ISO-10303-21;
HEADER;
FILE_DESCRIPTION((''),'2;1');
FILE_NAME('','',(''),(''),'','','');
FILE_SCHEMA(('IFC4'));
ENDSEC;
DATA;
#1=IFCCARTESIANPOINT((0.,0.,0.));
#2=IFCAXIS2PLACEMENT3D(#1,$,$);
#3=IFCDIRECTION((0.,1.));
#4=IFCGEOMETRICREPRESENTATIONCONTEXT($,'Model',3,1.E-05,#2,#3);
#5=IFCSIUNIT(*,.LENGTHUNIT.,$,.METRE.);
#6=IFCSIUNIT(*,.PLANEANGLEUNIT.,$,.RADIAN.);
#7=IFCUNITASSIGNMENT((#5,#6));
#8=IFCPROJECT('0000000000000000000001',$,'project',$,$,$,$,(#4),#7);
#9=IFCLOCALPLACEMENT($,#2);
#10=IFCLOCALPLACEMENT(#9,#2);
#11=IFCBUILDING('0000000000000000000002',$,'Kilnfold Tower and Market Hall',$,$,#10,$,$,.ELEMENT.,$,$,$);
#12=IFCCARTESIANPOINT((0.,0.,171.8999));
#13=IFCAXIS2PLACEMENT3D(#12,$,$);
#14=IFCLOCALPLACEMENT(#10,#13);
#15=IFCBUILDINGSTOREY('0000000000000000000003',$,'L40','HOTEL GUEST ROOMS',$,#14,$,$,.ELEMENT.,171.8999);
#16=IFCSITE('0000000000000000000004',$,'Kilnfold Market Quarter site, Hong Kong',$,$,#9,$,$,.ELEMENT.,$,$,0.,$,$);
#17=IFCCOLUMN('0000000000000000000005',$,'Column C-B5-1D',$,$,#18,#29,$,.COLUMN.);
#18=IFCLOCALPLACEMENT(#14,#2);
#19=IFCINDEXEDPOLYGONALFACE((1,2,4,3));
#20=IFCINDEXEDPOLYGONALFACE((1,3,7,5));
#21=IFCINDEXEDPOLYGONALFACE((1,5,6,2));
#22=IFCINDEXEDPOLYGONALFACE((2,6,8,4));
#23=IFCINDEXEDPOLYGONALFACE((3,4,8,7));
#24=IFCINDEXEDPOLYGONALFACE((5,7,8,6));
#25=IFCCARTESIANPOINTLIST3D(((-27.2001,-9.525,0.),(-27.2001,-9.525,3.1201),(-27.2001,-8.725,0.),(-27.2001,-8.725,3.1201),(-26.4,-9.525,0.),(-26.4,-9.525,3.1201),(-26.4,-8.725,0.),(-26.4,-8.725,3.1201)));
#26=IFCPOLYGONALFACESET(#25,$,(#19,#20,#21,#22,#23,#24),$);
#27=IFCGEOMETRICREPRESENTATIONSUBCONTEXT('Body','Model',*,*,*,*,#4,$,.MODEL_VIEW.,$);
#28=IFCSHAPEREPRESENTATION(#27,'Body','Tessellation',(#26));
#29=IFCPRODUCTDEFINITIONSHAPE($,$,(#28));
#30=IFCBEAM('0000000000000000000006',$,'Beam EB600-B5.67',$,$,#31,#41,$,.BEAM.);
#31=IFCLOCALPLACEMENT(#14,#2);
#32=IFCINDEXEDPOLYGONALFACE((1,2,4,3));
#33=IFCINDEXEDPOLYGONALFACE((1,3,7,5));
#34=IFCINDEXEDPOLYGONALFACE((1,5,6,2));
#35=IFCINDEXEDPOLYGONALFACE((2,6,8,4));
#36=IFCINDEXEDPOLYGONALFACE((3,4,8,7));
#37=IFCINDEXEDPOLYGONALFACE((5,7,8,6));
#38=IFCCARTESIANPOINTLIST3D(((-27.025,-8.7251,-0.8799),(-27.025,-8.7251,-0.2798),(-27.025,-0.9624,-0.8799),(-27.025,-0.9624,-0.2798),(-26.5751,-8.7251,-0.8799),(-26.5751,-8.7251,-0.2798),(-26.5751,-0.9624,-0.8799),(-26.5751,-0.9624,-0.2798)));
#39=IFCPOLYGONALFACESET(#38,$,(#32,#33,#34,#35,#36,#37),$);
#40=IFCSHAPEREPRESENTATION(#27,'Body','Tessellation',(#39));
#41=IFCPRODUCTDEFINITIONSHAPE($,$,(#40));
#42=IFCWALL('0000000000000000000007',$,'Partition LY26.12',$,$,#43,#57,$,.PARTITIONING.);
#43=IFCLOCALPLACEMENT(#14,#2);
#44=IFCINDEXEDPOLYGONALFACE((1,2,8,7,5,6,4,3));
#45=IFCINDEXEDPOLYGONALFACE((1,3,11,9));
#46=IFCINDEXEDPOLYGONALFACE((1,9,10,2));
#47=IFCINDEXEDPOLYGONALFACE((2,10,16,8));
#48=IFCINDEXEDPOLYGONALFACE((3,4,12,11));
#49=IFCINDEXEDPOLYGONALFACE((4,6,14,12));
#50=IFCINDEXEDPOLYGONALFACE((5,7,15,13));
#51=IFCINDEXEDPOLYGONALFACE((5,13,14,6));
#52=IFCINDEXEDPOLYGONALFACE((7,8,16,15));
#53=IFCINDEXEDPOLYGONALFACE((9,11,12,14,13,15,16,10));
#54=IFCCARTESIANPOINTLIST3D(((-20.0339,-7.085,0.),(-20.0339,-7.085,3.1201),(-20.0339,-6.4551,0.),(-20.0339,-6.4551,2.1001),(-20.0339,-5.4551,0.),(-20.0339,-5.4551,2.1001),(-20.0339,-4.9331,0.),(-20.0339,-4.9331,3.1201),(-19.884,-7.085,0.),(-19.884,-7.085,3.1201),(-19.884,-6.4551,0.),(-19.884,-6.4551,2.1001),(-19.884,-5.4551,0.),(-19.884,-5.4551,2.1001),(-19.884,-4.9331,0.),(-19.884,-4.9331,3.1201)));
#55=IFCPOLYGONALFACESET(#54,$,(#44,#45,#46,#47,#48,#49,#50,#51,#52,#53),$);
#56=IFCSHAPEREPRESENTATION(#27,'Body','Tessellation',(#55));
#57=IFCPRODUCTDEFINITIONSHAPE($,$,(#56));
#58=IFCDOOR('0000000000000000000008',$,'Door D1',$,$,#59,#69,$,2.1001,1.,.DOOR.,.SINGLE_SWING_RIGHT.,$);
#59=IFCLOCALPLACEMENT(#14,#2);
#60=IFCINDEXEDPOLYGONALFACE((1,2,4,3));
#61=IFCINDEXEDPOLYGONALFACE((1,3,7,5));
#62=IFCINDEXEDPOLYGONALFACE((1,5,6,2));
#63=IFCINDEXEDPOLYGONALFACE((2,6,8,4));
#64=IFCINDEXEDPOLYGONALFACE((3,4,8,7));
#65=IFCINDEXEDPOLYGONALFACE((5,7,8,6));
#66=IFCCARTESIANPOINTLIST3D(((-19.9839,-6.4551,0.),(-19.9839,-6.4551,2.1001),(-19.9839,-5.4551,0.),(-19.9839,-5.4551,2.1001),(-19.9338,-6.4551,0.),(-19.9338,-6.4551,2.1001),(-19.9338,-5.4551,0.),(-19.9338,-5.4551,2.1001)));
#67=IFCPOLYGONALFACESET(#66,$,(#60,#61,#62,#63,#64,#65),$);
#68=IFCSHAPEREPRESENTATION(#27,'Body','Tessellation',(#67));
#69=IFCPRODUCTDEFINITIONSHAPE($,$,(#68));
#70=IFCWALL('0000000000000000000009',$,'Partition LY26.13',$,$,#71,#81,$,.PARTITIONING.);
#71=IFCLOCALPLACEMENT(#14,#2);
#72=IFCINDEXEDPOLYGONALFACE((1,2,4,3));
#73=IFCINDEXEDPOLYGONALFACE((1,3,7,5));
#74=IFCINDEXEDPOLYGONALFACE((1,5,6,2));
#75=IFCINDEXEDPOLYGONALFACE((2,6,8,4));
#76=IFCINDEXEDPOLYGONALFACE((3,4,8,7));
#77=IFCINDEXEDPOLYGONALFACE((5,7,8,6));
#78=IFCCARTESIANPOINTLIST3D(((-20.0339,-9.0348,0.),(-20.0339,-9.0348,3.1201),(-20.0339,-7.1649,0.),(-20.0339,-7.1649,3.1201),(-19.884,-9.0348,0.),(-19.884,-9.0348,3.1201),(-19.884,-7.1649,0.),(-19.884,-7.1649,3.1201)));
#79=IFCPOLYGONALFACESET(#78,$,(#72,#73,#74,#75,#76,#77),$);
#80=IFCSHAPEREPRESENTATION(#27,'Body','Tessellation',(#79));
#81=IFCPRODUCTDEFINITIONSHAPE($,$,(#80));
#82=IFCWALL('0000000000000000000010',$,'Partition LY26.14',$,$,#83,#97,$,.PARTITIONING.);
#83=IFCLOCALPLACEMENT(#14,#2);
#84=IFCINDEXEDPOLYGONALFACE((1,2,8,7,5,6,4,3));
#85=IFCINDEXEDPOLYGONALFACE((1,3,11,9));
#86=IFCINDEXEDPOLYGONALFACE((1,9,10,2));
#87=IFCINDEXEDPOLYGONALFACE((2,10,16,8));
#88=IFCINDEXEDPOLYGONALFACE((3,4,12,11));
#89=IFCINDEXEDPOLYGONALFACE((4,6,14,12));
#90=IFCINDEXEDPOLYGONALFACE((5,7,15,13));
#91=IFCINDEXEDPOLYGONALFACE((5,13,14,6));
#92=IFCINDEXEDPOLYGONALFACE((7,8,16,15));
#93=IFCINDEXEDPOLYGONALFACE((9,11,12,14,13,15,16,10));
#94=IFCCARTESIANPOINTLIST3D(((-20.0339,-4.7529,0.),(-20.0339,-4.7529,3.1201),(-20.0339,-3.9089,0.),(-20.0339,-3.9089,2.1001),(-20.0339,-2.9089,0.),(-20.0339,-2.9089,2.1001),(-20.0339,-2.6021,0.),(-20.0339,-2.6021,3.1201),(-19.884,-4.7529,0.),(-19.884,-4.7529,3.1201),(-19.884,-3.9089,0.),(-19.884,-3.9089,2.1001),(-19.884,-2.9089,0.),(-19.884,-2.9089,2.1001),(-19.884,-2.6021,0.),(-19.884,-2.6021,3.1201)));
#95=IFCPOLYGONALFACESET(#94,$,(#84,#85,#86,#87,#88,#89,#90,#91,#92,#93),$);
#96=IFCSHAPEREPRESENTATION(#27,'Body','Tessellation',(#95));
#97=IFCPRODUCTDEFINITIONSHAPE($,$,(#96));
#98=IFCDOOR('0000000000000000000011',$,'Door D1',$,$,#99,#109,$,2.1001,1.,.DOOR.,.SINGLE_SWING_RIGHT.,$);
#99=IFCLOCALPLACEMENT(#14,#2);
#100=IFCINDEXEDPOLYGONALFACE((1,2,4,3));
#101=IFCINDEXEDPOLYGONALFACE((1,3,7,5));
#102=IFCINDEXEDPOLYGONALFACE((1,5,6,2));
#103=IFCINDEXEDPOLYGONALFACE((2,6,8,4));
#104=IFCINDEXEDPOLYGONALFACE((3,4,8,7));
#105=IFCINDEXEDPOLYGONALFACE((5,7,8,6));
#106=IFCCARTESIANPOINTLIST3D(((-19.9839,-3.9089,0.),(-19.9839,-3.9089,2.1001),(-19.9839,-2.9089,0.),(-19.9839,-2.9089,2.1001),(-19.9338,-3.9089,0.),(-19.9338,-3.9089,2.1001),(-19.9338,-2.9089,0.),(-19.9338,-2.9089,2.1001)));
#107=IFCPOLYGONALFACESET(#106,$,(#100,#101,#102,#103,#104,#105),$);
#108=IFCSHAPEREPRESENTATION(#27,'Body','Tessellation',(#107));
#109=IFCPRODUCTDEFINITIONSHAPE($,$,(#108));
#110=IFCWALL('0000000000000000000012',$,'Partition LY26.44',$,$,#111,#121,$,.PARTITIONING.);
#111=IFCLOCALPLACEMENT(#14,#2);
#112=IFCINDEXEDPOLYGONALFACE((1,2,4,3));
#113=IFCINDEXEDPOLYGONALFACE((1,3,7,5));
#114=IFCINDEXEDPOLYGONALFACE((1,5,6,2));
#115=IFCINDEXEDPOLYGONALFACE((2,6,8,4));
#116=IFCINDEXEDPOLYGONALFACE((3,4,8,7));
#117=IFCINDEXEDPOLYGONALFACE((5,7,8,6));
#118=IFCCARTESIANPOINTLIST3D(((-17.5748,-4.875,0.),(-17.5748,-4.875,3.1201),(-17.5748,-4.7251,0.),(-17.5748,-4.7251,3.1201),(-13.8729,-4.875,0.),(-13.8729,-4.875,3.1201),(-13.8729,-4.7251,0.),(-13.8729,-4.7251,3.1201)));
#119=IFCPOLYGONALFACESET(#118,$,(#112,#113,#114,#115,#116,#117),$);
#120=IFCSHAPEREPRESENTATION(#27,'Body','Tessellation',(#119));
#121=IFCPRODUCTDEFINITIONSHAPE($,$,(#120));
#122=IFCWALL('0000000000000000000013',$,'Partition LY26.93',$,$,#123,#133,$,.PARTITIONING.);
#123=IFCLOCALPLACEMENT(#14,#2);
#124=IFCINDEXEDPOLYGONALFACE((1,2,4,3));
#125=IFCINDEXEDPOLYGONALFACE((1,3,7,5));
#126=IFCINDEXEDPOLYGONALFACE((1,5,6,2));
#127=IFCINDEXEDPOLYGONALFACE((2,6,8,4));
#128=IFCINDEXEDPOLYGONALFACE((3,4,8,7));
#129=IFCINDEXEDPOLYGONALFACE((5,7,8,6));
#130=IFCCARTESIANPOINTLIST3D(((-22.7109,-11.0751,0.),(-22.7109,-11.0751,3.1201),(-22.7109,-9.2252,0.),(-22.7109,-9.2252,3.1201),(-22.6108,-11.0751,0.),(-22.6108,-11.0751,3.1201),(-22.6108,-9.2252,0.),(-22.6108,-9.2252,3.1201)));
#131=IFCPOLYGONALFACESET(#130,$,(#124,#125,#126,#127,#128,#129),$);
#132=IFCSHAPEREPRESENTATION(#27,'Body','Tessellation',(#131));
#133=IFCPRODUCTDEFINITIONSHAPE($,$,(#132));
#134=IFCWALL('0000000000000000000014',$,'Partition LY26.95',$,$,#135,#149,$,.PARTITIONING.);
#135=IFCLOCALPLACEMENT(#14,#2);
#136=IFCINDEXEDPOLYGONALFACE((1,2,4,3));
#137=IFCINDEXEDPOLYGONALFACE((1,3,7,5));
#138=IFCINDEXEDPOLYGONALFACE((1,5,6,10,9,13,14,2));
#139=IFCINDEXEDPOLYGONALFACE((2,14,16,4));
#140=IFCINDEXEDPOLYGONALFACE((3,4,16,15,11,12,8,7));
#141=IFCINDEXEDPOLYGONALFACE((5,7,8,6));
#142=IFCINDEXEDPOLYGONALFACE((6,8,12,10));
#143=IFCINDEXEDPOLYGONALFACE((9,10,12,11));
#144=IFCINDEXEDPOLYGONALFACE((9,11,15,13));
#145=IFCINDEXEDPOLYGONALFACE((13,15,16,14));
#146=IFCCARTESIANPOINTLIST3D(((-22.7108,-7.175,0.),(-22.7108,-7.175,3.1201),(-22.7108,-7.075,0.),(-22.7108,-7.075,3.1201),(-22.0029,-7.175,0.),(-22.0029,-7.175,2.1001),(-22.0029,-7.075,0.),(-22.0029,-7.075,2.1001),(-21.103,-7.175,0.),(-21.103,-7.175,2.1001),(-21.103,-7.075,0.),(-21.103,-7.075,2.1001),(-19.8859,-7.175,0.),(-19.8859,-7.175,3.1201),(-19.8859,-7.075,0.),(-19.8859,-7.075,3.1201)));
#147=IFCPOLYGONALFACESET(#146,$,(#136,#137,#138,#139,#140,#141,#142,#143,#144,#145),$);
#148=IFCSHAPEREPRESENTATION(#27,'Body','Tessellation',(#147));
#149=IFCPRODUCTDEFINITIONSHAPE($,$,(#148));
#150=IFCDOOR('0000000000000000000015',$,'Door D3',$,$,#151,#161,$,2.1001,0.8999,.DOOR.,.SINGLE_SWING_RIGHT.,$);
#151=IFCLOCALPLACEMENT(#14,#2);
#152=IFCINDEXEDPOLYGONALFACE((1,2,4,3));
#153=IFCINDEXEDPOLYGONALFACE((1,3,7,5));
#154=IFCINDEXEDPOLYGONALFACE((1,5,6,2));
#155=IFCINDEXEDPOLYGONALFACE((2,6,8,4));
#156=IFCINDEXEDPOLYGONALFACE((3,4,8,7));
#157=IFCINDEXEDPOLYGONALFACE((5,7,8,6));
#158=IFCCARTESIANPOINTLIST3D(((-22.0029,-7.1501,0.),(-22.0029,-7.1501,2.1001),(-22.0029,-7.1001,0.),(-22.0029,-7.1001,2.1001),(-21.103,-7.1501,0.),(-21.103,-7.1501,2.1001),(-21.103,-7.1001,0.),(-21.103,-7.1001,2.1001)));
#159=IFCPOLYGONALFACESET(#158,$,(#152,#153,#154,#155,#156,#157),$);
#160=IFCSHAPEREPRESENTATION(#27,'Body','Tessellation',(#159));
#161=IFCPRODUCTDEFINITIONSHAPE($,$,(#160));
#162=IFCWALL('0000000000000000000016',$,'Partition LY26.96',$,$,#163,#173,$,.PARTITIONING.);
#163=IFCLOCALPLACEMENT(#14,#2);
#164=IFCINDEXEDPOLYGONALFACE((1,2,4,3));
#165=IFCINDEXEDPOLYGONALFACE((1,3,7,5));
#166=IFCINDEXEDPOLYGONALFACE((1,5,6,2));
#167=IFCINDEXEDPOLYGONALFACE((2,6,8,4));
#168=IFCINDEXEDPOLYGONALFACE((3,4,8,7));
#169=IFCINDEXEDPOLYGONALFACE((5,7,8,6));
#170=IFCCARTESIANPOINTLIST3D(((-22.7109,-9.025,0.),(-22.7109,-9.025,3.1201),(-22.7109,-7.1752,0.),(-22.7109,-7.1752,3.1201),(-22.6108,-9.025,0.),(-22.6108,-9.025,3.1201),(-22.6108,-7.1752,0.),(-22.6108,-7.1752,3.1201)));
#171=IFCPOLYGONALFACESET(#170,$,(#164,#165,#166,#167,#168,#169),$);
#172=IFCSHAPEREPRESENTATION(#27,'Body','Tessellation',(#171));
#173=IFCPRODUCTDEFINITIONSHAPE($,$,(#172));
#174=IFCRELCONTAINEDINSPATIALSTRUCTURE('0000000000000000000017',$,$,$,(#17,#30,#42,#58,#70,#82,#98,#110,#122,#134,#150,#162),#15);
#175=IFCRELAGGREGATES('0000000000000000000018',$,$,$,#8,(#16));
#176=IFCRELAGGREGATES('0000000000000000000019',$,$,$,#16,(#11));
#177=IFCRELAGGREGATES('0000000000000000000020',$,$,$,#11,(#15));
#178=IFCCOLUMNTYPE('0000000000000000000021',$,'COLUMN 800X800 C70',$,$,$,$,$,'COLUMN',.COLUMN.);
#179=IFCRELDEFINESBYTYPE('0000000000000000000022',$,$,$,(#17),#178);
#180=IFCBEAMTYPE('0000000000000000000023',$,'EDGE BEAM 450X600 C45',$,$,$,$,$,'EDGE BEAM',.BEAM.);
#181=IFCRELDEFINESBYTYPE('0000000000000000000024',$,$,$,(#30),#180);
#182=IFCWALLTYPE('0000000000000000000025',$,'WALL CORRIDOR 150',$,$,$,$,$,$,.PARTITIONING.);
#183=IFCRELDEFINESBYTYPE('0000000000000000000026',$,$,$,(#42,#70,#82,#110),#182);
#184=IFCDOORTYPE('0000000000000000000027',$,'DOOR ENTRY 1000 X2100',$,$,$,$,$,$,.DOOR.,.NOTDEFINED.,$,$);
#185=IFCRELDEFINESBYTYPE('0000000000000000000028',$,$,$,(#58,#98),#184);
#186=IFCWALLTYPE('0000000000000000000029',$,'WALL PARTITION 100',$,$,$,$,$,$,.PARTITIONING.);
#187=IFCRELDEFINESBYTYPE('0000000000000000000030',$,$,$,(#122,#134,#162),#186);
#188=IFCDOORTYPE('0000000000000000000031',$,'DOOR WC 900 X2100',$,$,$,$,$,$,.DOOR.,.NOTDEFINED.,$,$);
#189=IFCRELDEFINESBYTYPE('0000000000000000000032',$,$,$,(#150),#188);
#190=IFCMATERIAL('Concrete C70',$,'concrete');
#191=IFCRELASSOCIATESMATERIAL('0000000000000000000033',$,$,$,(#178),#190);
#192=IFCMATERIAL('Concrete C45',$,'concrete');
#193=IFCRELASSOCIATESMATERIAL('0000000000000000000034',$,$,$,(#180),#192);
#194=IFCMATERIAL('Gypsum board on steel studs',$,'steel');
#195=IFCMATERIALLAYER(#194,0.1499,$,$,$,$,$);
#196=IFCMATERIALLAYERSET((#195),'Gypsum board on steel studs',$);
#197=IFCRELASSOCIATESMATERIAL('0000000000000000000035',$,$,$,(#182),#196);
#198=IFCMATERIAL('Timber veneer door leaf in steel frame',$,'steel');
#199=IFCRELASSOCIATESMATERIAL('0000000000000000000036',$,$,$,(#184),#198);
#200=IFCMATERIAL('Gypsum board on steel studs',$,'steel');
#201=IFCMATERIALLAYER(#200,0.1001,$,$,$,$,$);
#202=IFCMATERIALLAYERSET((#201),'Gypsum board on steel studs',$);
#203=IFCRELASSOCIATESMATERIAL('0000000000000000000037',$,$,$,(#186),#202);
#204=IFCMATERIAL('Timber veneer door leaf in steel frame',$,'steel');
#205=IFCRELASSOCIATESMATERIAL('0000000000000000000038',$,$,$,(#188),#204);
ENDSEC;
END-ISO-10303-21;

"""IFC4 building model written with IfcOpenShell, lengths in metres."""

from ifc_helpers import new_model, si_unit, direction, frame, frame_2d, origin, origin_2d, place, context, subcontext, project, spatial, rectangle, extrude, source, transform, mapped, material, layer, layer_set, material_profile, profile_set, type_object, element, fill, save


model = new_model("IFC4")

# Units and contexts
model_context = context("Model", 3, precision=1e-05, world=origin(), true_north=direction((0.0, 1.0)))
body_context = subcontext(model_context, "Body", "Model", "MODEL_VIEW")
ifc_project = project(units=[si_unit("LENGTHUNIT", "METRE"), si_unit("PLANEANGLEUNIT", "RADIAN")], contexts=[model_context])

# Site, building, storey
site_placement = place(None, origin())
site = spatial("IfcSite", under=ifc_project, at=site_placement, Name="Kilnfold Market Quarter site, Hong Kong", CompositionType="ELEMENT", RefElevation=0.0)
building_placement = place(site_placement, origin())
building = spatial("IfcBuilding", under=site, at=building_placement, Name="Kilnfold Tower and Market Hall", CompositionType="ELEMENT")
storey_placement = place(building_placement, frame((0.0, 0.0, 171.8999)))
storey = spatial("IfcBuildingStorey", under=building, at=storey_placement, Name="L40", Description="HOTEL GUEST ROOMS", CompositionType="ELEMENT", Elevation=171.8999)

# Column
ifc_material_1 = material(Name="Concrete C70", Category="concrete")
ifc_material_profile_1 = material_profile(ifc_material_1, rectangle(XDim=0.8, YDim=0.8, at=origin_2d()), Name="RC 800x800")
ifc_profile_set_1 = profile_set([ifc_material_profile_1], Name="Concrete C70")
column_type = type_object("IfcColumnType", Name="COLUMN 800X800 C70", ElementType="COLUMN", PredefinedType="COLUMN", material=ifc_profile_set_1)
shared_shape_1 = source(origin(), body_context, "Body", "SweptSolid", [
    extrude(rectangle(XDim=0.8, YDim=0.8, at=origin_2d()), origin(), (0.0, 0.0, 1.0), 3.1201),
])
column_placement = place(storey_placement, frame((-26.8, -9.125, 0.0), z_axis=(0.0, 0.0, 1.0), x_axis=(1.0, 0.0, 0.0)))
element("IfcColumn", 1, at=column_placement, inside=storey, type_object=column_type, Name="Column C-B5-1D", PredefinedType="COLUMN", context=body_context, shape_type="MappedRepresentation", body=[
    mapped(shared_shape_1, transform((0.0, 0.0, 0.0))),
])

# Beam
ifc_material_2 = material(Name="Concrete C45", Category="concrete")
ifc_material_profile_2 = material_profile(ifc_material_2, rectangle(XDim=0.45, YDim=0.6001, at=origin_2d()), Name="RC 450x600")
ifc_profile_set_2 = profile_set([ifc_material_profile_2], Name="Concrete C45")
beam_type = type_object("IfcBeamType", Name="EDGE BEAM 450X600 C45", ElementType="EDGE BEAM", PredefinedType="BEAM", material=ifc_profile_set_2)
shared_shape_2 = source(origin(), body_context, "Body", "SweptSolid", [
    extrude(rectangle(XDim=0.45, YDim=0.6001, at=origin_2d()), origin(), (0.0, 0.0, 1.0), 7.7627),
])
beam_placement = place(storey_placement, frame((-26.8, -8.7251, -0.5798), z_axis=(0.0, 1.0, 0.0), x_axis=(-1.0, 0.0, 0.0)))
element("IfcBeam", 2, at=beam_placement, inside=storey, type_object=beam_type, Name="Beam EB600-B5.67", PredefinedType="BEAM", context=body_context, shape_type="MappedRepresentation", body=[
    mapped(shared_shape_2, transform((0.0, 0.0, 0.0))),
])

# Wall, opening, door
ifc_material_3 = material(Name="Gypsum board on steel studs", Category="steel")
ifc_layer_1 = layer(ifc_material_3, 0.1499)
ifc_layer_set_1 = layer_set([ifc_layer_1], Name="Gypsum board on steel studs")
wall_type_1 = type_object("IfcWallType", Name="WALL CORRIDOR 150", PredefinedType="PARTITIONING", material=ifc_layer_set_1)
wall_1_placement = place(storey_placement, frame((-19.959, -7.085, 0.0), z_axis=(0.0, 0.0, 1.0), x_axis=(0.0, 1.0, 0.0)))
wall_1 = element("IfcWall", 3, at=wall_1_placement, inside=storey, type_object=wall_type_1, Name="Partition LY26.12", PredefinedType="PARTITIONING", context=body_context, shape_type="SweptSolid", body=[
    extrude(rectangle(XDim=2.1519, YDim=0.1499, at=frame_2d((1.0759, 0.0))), origin(), (0.0, 0.0, 1.0), 3.1201),
])
opening_1_placement = place(wall_1_placement, frame((0.6299, 0.0, 0.0)))
opening_1 = element("IfcOpeningElement", 4, at=opening_1_placement, cuts=wall_1, PredefinedType="OPENING", context=body_context, shape_type="SweptSolid", body=[
    extrude(rectangle(XDim=1.0, YDim=2.1001, at=frame_2d((0.5, 1.05))), frame((0.0, 0.085, 0.0), z_axis=(0.0, -1.0, 0.0), x_axis=(1.0, 0.0, 0.0)), (0.0, 0.0, 1.0), 0.1699),
])
ifc_material_4 = material(Name="Timber veneer door leaf in steel frame", Category="steel")
door_type_1 = type_object("IfcDoorType", Name="DOOR ENTRY 1000 X2100", OperationType="NOTDEFINED", PredefinedType="DOOR", material=ifc_material_4)
door_1_placement = place(opening_1_placement, origin())
door_1 = element("IfcDoor", 5, at=door_1_placement, inside=storey, type_object=door_type_1, Name="Door D1", OperationType="SINGLE_SWING_RIGHT", OverallHeight=2.1001, OverallWidth=1.0, PredefinedType="DOOR", context=body_context, shape_type="SweptSolid", body=[
    extrude(rectangle(XDim=1.0, YDim=2.1001, at=frame_2d((0.5, 1.05))), frame((0.0, 0.0249, 0.0), z_axis=(0.0, -1.0, 0.0), x_axis=(1.0, 0.0, 0.0)), (0.0, 0.0, 1.0), 0.05),
])
fill(opening_1, door_1)

# Wall
wall_2_placement = place(storey_placement, frame((-19.959, -9.0349, 0.0), z_axis=(0.0, 0.0, 1.0), x_axis=(0.0, 1.0, 0.0)))
element("IfcWall", 6, at=wall_2_placement, inside=storey, type_object=wall_type_1, Name="Partition LY26.13", PredefinedType="PARTITIONING", context=body_context, shape_type="SweptSolid", body=[
    extrude(rectangle(XDim=1.8699, YDim=0.1499, at=frame_2d((0.9351, 0.0))), origin(), (0.0, 0.0, 1.0), 3.1201),
])

# Wall, opening, door
wall_3_placement = place(storey_placement, frame((-19.959, -4.7529, 0.0), z_axis=(0.0, 0.0, 1.0), x_axis=(0.0, 1.0, 0.0)))
wall_3 = element("IfcWall", 7, at=wall_3_placement, inside=storey, type_object=wall_type_1, Name="Partition LY26.14", PredefinedType="PARTITIONING", context=body_context, shape_type="SweptSolid", body=[
    extrude(rectangle(XDim=2.1509, YDim=0.1499, at=frame_2d((1.0754, 0.0))), origin(), (0.0, 0.0, 1.0), 3.1201),
])
opening_2_placement = place(wall_3_placement, frame((0.844, 0.0, 0.0)))
opening_2 = element("IfcOpeningElement", 8, at=opening_2_placement, cuts=wall_3, PredefinedType="OPENING", context=body_context, shape_type="SweptSolid", body=[
    extrude(rectangle(XDim=1.0, YDim=2.1001, at=frame_2d((0.5, 1.05))), frame((0.0, 0.085, 0.0), z_axis=(0.0, -1.0, 0.0), x_axis=(1.0, 0.0, 0.0)), (0.0, 0.0, 1.0), 0.1699),
])
door_2_placement = place(opening_2_placement, origin())
door_2 = element("IfcDoor", 9, at=door_2_placement, inside=storey, type_object=door_type_1, Name="Door D1", OperationType="SINGLE_SWING_RIGHT", OverallHeight=2.1001, OverallWidth=1.0, PredefinedType="DOOR", context=body_context, shape_type="SweptSolid", body=[
    extrude(rectangle(XDim=1.0, YDim=2.1001, at=frame_2d((0.5, 1.05))), frame((0.0, 0.0249, 0.0), z_axis=(0.0, -1.0, 0.0), x_axis=(1.0, 0.0, 0.0)), (0.0, 0.0, 1.0), 0.05),
])
fill(opening_2, door_2)

# Walls
wall_4_placement = place(storey_placement, frame((-17.575, -4.8, 0.0), z_axis=(0.0, 0.0, 1.0), x_axis=(1.0, 0.0, 0.0)))
element("IfcWall", 10, at=wall_4_placement, inside=storey, type_object=wall_type_1, Name="Partition LY26.44", PredefinedType="PARTITIONING", context=body_context, shape_type="SweptSolid", body=[
    extrude(rectangle(XDim=3.7019, YDim=0.1499, at=frame_2d((1.8511, 0.0))), origin(), (0.0, 0.0, 1.0), 3.1201),
])
ifc_material_5 = material(Name="Gypsum board on steel studs", Category="steel")
ifc_layer_2 = layer(ifc_material_5, 0.1001)
ifc_layer_set_2 = layer_set([ifc_layer_2], Name="Gypsum board on steel studs")
wall_type_2 = type_object("IfcWallType", Name="WALL PARTITION 100", PredefinedType="PARTITIONING", material=ifc_layer_set_2)
wall_5_placement = place(storey_placement, frame((-22.6609, -11.075, 0.0), z_axis=(0.0, 0.0, 1.0), x_axis=(0.0, 1.0, 0.0)))
element("IfcWall", 11, at=wall_5_placement, inside=storey, type_object=wall_type_2, Name="Partition LY26.93", PredefinedType="PARTITIONING", context=body_context, shape_type="SweptSolid", body=[
    extrude(rectangle(XDim=1.8499, YDim=0.1001, at=frame_2d((0.9248, 0.0))), origin(), (0.0, 0.0, 1.0), 3.1201),
])

# Wall, opening, door
wall_6_placement = place(storey_placement, frame((-22.7109, -7.125, 0.0), z_axis=(0.0, 0.0, 1.0), x_axis=(1.0, 0.0, 0.0)))
wall_6 = element("IfcWall", 12, at=wall_6_placement, inside=storey, type_object=wall_type_2, Name="Partition LY26.95", PredefinedType="PARTITIONING", context=body_context, shape_type="SweptSolid", body=[
    extrude(rectangle(XDim=2.825, YDim=0.1001, at=frame_2d((1.4126, 0.0))), origin(), (0.0, 0.0, 1.0), 3.1201),
])
opening_3_placement = place(wall_6_placement, frame((0.708, 0.0, 0.0)))
opening_3 = element("IfcOpeningElement", 13, at=opening_3_placement, cuts=wall_6, PredefinedType="OPENING", context=body_context, shape_type="SweptSolid", body=[
    extrude(rectangle(XDim=0.8999, YDim=2.1001, at=frame_2d((0.45, 1.05))), frame((0.0, 0.0601, 0.0), z_axis=(0.0, -1.0, 0.0), x_axis=(1.0, 0.0, 0.0)), (0.0, 0.0, 1.0), 0.1201),
])
ifc_material_6 = material(Name="Timber veneer door leaf in steel frame", Category="steel")
door_type_2 = type_object("IfcDoorType", Name="DOOR WC 900 X2100", OperationType="NOTDEFINED", PredefinedType="DOOR", material=ifc_material_6)
door_3_placement = place(opening_3_placement, origin())
door_3 = element("IfcDoor", 14, at=door_3_placement, inside=storey, type_object=door_type_2, Name="Door D3", OperationType="SINGLE_SWING_RIGHT", OverallHeight=2.1001, OverallWidth=0.8999, PredefinedType="DOOR", context=body_context, shape_type="SweptSolid", body=[
    extrude(rectangle(XDim=0.8999, YDim=2.1001, at=frame_2d((0.45, 1.05))), frame((0.0, 0.0249, 0.0), z_axis=(0.0, -1.0, 0.0), x_axis=(1.0, 0.0, 0.0)), (0.0, 0.0, 1.0), 0.05),
])
fill(opening_3, door_3)

# Wall
wall_7_placement = place(storey_placement, frame((-22.6609, -9.0249, 0.0), z_axis=(0.0, 0.0, 1.0), x_axis=(0.0, 1.0, 0.0)))
element("IfcWall", 15, at=wall_7_placement, inside=storey, type_object=wall_type_2, Name="Partition LY26.96", PredefinedType="PARTITIONING", context=body_context, shape_type="SweptSolid", body=[
    extrude(rectangle(XDim=1.8499, YDim=0.1001, at=frame_2d((0.9248, 0.0))), origin(), (0.0, 0.0, 1.0), 3.1201),
])

save(model, "model.ifc")
